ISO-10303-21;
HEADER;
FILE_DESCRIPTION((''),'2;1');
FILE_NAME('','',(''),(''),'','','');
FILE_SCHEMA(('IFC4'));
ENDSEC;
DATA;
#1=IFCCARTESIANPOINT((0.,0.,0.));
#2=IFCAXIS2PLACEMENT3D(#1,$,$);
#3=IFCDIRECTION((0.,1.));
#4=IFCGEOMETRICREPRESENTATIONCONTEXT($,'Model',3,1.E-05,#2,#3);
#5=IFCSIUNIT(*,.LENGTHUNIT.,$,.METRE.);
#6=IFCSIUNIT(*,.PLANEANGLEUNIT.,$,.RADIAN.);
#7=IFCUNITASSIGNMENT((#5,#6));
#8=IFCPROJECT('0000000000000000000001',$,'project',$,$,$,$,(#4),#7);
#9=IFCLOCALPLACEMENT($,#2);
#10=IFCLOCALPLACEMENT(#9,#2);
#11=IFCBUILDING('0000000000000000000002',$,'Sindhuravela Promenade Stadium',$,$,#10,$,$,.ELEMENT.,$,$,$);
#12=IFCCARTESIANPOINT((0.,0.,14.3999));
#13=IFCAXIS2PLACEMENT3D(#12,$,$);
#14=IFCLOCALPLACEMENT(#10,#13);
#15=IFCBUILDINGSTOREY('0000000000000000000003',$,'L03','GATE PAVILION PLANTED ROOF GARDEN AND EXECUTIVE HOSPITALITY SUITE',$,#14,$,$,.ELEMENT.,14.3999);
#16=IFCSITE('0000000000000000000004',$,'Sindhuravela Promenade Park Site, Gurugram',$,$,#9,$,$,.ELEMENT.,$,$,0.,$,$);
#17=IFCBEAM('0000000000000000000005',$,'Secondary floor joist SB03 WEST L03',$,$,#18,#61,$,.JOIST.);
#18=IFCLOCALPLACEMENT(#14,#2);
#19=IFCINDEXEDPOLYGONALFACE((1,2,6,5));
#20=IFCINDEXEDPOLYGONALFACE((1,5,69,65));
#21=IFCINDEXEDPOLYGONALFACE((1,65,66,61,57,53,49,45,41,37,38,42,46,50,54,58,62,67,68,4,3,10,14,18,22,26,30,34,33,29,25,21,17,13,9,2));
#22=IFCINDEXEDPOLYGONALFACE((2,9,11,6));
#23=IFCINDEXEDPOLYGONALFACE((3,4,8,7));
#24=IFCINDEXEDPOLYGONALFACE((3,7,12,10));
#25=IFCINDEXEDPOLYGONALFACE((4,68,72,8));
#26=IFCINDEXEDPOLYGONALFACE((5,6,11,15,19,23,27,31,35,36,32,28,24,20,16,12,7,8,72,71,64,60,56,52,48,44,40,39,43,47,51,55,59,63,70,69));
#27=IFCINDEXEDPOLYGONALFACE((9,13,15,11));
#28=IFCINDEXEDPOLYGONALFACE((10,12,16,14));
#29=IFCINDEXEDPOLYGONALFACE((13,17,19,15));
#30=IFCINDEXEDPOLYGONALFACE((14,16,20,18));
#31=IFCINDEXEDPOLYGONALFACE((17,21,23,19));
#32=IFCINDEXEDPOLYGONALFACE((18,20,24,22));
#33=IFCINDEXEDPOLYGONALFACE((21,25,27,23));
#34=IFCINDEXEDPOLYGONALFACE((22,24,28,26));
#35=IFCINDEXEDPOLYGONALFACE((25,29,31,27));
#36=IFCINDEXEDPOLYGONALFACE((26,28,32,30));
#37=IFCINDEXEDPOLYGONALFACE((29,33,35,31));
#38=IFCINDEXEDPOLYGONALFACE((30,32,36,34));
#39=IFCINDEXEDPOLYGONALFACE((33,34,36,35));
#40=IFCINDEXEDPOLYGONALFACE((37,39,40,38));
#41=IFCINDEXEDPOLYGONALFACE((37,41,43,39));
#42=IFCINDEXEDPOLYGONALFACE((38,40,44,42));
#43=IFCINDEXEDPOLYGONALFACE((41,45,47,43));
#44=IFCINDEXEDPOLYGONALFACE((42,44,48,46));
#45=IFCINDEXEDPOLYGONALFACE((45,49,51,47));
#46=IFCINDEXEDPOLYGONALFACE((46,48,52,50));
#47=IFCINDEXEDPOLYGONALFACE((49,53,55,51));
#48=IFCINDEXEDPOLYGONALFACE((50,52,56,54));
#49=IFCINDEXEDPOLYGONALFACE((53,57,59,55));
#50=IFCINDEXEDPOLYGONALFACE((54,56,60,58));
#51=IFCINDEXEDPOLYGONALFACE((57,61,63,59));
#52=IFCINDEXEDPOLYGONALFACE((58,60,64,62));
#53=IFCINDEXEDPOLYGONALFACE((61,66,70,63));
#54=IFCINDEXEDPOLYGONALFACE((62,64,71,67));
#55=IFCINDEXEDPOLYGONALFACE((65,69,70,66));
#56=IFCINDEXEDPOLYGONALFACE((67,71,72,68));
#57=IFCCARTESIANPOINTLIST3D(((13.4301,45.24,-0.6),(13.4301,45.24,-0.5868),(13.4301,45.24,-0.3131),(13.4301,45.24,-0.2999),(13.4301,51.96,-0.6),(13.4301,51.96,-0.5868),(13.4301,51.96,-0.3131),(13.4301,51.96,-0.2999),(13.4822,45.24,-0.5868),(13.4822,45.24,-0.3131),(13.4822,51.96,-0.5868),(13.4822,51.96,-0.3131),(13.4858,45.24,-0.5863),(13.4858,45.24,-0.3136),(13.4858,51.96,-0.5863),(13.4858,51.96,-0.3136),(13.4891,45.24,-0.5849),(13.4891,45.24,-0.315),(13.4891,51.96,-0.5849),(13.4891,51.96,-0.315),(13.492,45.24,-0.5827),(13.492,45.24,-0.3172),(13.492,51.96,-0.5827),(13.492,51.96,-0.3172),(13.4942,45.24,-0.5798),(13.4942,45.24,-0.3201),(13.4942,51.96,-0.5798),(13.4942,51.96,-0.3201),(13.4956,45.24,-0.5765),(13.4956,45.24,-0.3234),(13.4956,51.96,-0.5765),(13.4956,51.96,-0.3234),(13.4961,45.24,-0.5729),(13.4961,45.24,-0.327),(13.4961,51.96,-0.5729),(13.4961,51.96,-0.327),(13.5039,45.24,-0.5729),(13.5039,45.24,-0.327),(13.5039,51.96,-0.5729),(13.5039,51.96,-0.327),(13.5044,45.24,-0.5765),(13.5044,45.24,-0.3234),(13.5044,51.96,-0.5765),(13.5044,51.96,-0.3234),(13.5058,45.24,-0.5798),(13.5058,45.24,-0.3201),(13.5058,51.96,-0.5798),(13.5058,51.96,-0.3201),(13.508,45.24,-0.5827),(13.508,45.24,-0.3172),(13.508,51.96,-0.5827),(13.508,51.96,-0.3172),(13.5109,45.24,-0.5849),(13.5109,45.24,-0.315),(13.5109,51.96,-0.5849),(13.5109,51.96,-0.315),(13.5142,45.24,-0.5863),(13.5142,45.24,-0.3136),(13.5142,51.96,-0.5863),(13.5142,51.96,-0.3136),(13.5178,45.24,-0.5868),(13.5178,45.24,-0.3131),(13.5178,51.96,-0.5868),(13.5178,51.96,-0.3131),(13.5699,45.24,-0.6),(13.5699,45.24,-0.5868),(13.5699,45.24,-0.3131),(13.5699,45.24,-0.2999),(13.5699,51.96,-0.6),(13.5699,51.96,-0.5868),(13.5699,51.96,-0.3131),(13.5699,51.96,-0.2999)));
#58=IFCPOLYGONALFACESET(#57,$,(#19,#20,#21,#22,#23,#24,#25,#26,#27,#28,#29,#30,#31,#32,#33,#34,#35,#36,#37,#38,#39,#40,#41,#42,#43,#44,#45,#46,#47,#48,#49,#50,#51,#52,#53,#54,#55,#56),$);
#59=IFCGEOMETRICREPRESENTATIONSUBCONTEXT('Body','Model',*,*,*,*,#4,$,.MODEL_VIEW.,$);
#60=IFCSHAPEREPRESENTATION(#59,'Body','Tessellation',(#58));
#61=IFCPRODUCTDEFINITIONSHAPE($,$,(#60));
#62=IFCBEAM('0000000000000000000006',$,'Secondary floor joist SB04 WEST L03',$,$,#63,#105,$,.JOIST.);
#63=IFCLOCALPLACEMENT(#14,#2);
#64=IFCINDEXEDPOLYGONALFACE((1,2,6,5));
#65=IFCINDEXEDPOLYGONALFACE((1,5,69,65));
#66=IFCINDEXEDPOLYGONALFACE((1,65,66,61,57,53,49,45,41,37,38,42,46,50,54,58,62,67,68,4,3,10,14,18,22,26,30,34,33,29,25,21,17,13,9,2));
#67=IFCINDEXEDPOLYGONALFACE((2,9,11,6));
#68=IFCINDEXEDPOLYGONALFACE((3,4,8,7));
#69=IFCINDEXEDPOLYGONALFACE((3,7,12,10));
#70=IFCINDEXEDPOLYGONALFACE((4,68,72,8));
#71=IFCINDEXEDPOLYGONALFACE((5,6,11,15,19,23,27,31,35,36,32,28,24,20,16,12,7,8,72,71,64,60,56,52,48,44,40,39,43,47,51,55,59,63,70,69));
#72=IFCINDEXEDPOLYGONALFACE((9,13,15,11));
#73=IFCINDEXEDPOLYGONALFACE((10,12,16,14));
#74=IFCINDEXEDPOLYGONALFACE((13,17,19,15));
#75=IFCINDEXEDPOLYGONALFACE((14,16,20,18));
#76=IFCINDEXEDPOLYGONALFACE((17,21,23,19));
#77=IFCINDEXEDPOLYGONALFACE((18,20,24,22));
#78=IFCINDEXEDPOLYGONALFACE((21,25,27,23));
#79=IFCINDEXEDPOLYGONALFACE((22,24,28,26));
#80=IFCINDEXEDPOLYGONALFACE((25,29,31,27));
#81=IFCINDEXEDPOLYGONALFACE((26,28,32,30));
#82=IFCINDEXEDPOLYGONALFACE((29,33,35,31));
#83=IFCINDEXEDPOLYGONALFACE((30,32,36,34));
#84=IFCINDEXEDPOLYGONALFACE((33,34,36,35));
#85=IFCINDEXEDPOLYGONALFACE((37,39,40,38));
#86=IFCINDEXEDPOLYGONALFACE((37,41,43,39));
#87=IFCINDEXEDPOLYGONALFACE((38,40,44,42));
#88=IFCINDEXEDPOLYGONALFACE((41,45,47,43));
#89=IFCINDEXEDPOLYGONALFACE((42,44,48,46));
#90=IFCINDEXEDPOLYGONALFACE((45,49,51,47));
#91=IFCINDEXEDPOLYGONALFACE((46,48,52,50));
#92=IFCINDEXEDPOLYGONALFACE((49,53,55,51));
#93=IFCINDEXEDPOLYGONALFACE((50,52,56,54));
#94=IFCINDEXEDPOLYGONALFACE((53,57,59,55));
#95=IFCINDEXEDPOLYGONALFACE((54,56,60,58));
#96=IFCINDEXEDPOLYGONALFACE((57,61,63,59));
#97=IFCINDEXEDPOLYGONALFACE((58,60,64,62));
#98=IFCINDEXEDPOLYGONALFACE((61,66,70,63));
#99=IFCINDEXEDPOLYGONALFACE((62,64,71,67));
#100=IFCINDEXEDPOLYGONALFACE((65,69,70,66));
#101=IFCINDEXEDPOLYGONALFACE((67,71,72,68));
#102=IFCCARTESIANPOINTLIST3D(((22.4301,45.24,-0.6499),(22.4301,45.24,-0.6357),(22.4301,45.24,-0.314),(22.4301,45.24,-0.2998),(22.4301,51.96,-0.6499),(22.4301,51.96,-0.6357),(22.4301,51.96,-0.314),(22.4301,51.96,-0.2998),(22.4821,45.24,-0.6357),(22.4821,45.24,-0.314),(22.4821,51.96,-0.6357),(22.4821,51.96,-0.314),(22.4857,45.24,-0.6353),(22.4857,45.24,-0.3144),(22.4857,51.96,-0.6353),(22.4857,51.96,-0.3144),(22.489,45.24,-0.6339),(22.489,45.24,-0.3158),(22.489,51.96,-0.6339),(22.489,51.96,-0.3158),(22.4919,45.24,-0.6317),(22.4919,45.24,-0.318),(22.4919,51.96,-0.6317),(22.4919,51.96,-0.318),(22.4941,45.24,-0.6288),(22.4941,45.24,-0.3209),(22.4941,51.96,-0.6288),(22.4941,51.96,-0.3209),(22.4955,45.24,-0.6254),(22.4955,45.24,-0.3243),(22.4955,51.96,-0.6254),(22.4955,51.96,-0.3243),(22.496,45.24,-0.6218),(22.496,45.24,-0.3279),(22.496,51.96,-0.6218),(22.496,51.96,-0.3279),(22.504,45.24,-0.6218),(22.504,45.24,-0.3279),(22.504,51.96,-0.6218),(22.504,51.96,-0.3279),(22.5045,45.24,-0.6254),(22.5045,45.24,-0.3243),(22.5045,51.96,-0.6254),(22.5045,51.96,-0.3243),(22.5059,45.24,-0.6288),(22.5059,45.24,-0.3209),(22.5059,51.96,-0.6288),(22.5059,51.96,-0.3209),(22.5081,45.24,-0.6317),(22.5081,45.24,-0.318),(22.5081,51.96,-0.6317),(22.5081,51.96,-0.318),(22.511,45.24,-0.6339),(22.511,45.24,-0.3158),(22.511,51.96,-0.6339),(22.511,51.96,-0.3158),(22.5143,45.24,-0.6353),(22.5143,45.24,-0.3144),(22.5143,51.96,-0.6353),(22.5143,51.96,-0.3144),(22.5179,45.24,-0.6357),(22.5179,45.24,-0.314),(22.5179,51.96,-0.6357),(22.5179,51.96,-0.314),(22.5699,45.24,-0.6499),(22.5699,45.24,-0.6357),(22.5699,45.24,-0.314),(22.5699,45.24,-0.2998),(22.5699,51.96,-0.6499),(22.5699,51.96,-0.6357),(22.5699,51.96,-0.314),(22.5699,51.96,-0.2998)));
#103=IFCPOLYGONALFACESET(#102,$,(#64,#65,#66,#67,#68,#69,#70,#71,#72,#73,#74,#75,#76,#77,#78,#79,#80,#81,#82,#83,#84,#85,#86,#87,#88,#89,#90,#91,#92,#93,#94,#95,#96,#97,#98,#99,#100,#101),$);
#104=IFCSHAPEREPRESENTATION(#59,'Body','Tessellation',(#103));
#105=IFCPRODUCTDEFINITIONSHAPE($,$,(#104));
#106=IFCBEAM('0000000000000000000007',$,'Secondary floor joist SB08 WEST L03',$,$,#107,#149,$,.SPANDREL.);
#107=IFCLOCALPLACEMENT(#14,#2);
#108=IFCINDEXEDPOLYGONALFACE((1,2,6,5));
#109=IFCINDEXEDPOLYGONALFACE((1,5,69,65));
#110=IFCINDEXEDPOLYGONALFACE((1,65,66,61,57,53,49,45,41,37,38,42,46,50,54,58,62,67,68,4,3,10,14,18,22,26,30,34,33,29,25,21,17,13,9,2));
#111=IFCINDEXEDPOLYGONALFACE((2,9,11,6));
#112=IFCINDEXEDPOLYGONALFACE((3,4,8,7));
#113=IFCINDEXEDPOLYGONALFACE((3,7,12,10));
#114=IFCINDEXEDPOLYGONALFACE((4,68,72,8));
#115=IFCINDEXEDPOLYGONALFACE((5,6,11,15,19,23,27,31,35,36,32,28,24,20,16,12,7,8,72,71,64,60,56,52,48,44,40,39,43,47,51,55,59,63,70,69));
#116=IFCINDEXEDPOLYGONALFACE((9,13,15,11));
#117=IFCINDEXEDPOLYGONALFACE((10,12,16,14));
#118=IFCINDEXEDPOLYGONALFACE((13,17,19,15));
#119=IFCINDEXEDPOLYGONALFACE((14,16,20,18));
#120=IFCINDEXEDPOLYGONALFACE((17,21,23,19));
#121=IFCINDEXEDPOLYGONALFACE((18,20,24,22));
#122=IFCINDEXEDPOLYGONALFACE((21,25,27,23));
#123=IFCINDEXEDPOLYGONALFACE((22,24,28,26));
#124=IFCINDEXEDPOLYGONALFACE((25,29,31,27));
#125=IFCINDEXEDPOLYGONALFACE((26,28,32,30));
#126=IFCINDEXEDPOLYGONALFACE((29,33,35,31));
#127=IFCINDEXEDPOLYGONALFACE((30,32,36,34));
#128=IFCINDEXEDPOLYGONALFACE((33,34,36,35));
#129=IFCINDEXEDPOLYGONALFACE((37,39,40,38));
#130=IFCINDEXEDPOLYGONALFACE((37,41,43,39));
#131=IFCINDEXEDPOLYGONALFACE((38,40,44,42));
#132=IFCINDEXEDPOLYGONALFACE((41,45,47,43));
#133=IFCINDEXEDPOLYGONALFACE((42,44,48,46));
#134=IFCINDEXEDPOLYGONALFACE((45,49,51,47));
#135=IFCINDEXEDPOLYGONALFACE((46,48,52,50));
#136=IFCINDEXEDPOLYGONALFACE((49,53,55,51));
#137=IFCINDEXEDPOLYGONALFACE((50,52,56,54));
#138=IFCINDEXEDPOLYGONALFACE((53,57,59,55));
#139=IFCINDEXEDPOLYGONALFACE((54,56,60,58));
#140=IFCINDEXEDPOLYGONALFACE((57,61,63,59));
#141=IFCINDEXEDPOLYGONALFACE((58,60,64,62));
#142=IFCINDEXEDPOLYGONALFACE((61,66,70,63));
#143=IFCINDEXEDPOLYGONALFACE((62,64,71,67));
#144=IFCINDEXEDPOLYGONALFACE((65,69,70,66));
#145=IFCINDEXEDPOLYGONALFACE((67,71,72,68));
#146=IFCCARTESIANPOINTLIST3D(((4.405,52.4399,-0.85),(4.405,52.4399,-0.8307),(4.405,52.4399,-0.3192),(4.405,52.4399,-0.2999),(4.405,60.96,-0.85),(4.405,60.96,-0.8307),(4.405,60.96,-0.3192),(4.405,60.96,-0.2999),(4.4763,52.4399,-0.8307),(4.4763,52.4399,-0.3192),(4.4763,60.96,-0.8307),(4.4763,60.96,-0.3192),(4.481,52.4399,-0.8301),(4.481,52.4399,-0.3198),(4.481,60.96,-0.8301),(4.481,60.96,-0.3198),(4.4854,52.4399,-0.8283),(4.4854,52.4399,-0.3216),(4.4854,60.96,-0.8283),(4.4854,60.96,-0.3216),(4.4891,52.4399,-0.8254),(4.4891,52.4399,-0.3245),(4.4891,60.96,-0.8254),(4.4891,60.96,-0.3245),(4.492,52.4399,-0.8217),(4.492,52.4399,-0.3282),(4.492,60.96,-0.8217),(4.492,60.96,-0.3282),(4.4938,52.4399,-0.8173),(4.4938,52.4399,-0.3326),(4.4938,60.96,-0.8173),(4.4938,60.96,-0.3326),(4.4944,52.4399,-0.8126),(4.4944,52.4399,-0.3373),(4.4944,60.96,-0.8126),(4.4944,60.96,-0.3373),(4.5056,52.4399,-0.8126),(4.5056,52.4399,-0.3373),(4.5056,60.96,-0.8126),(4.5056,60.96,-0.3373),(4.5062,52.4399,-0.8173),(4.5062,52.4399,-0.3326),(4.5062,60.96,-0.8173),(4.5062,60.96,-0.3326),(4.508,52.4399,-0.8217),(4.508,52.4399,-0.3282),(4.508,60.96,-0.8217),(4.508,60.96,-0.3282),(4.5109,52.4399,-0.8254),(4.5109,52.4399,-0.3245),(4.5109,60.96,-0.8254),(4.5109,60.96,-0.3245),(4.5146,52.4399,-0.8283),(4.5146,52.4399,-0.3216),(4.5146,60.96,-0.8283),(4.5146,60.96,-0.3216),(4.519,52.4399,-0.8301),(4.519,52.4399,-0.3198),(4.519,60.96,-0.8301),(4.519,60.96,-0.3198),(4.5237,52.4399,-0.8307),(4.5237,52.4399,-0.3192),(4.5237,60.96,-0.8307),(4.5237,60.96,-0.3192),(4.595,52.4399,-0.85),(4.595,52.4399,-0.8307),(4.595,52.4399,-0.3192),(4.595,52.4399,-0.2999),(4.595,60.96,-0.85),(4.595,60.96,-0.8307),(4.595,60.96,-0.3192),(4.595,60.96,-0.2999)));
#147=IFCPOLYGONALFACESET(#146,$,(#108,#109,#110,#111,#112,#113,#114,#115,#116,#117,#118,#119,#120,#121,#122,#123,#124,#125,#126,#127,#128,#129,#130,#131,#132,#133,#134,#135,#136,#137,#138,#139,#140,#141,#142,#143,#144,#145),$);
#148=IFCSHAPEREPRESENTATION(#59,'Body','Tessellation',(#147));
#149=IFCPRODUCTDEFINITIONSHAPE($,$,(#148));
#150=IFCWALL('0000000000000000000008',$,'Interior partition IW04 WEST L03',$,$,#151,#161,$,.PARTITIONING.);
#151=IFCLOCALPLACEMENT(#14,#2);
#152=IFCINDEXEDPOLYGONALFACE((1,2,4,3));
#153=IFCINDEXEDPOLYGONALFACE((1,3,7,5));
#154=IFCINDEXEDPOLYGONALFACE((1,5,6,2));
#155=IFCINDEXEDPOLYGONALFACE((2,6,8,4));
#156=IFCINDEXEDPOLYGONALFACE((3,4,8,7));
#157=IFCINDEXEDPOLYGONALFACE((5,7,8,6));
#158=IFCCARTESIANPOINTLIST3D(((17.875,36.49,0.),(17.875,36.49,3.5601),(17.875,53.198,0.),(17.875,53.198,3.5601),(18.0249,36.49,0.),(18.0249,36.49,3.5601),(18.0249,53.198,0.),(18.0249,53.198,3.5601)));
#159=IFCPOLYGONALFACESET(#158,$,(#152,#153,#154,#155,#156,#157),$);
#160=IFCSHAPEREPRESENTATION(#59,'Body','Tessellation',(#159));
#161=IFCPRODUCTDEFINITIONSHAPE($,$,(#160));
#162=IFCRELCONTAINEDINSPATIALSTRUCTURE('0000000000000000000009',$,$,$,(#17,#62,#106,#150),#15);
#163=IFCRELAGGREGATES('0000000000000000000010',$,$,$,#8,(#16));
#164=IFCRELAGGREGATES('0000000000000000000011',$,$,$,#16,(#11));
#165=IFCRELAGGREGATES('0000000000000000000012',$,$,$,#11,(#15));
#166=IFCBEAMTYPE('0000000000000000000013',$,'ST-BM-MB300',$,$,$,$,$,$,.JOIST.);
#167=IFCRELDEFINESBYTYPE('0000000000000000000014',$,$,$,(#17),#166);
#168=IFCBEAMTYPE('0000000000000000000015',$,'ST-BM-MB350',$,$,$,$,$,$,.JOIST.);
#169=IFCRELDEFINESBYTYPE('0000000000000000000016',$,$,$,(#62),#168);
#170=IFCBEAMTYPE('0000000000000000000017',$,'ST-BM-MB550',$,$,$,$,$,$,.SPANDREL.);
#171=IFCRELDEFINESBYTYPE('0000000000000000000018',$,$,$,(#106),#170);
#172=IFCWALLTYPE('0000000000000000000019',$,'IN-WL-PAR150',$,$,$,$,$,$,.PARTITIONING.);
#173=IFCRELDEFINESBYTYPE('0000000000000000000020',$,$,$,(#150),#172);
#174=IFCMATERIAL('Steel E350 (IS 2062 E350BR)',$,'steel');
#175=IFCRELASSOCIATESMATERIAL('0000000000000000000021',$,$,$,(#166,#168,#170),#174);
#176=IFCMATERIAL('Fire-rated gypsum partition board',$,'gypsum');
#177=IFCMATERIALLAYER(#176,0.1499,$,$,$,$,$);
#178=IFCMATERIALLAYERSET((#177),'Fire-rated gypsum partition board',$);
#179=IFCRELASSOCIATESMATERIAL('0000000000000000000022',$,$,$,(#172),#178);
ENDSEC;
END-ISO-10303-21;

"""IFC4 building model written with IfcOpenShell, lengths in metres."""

from ifc_helpers import new_model, si_unit, direction, frame, frame_2d, origin, origin_2d, place, context, subcontext, project, spatial, rectangle, i_section, extrude, material, layer, layer_set, material_profile, profile_set, type_object, element, save


model = new_model("IFC4")

# Units and contexts
model_context = context("Model", 3, precision=1e-05, world=origin(), true_north=direction((0.0, 1.0)))
body_context = subcontext(model_context, "Body", "Model", "MODEL_VIEW")
ifc_project = project(units=[si_unit("LENGTHUNIT", "METRE"), si_unit("PLANEANGLEUNIT", "RADIAN")], contexts=[model_context])

# Site, building, storey
site_placement = place(None, origin())
site = spatial("IfcSite", under=ifc_project, at=site_placement, Name="Sindhuravela Promenade Park Site, Gurugram", CompositionType="ELEMENT", RefElevation=0.0)
building_placement = place(site_placement, origin())
building = spatial("IfcBuilding", under=site, at=building_placement, Name="Sindhuravela Promenade Stadium", CompositionType="ELEMENT")
storey_placement = place(building_placement, frame((0.0, 0.0, 14.3999)))
storey = spatial("IfcBuildingStorey", under=building, at=storey_placement, Name="L03", Description="GATE PAVILION PLANTED ROOF GARDEN AND EXECUTIVE HOSPITALITY SUITE", CompositionType="ELEMENT", Elevation=14.3999)

# Beams
ifc_material_1 = material(Name="Steel E350 (IS 2062 E350BR)", Category="steel")
ifc_material_profile_1 = material_profile(ifc_material_1, i_section(OverallWidth=0.1399, OverallDepth=0.3, WebThickness=0.0078, FlangeThickness=0.0132, FilletRadius=0.0139, at=origin_2d()), Name="ISMB 300")
ifc_profile_set_1 = profile_set([ifc_material_profile_1], Name="Steel E350 (IS 2062 E350BR)")
beam_type_1 = type_object("IfcBeamType", Name="ST-BM-MB300", PredefinedType="JOIST", material=ifc_profile_set_1)
beam_1_placement = place(storey_placement, frame((13.5, 45.24, -0.45), z_axis=(0.0, 1.0, 0.0), x_axis=(-1.0, 0.0, 0.0)))
element("IfcBeam", 1, at=beam_1_placement, inside=storey, type_object=beam_type_1, Name="Secondary floor joist SB03 WEST L03", PredefinedType="JOIST", context=body_context, shape_type="SweptSolid", body=[
    extrude(i_section(OverallWidth=0.1399, OverallDepth=0.3, WebThickness=0.0078, FlangeThickness=0.0132, FilletRadius=0.0139, at=origin_2d()), origin(), (0.0, 0.0, 1.0), 6.72),
])
ifc_material_profile_2 = material_profile(ifc_material_1, i_section(OverallWidth=0.1399, OverallDepth=0.3501, WebThickness=0.0081, FlangeThickness=0.0142, FilletRadius=0.0139, at=origin_2d()), Name="ISMB 350")
ifc_profile_set_2 = profile_set([ifc_material_profile_2], Name="Steel E350 (IS 2062 E350BR)")
beam_type_2 = type_object("IfcBeamType", Name="ST-BM-MB350", PredefinedType="JOIST", material=ifc_profile_set_2)
beam_2_placement = place(storey_placement, frame((22.5, 45.24, -0.4749), z_axis=(0.0, 1.0, 0.0), x_axis=(-1.0, 0.0, 0.0)))
element("IfcBeam", 2, at=beam_2_placement, inside=storey, type_object=beam_type_2, Name="Secondary floor joist SB04 WEST L03", PredefinedType="JOIST", context=body_context, shape_type="SweptSolid", body=[
    extrude(i_section(OverallWidth=0.1399, OverallDepth=0.3501, WebThickness=0.0081, FlangeThickness=0.0142, FilletRadius=0.0139, at=origin_2d()), origin(), (0.0, 0.0, 1.0), 6.72),
])
ifc_material_profile_3 = material_profile(ifc_material_1, i_section(OverallWidth=0.1899, OverallDepth=0.55, WebThickness=0.0112, FlangeThickness=0.0193, FilletRadius=0.0181, at=origin_2d()), Name="ISMB 550")
ifc_profile_set_3 = profile_set([ifc_material_profile_3], Name="Steel E350 (IS 2062 E350BR)")
beam_type_3 = type_object("IfcBeamType", Name="ST-BM-MB550", PredefinedType="SPANDREL", material=ifc_profile_set_3)
beam_3_placement = place(storey_placement, frame((4.5, 52.4399, -0.575), z_axis=(0.0, 1.0, 0.0), x_axis=(-1.0, 0.0, 0.0)))
element("IfcBeam", 3, at=beam_3_placement, inside=storey, type_object=beam_type_3, Name="Secondary floor joist SB08 WEST L03", PredefinedType="SPANDREL", context=body_context, shape_type="SweptSolid", body=[
    extrude(i_section(OverallWidth=0.1899, OverallDepth=0.55, WebThickness=0.0112, FlangeThickness=0.0193, FilletRadius=0.0181, at=origin_2d()), origin(), (0.0, 0.0, 1.0), 8.52),
])

# Wall
ifc_material_2 = material(Name="Fire-rated gypsum partition board", Category="gypsum")
ifc_layer_1 = layer(ifc_material_2, 0.1499)
ifc_layer_set_1 = layer_set([ifc_layer_1], Name="Fire-rated gypsum partition board")
wall_type_1 = type_object("IfcWallType", Name="IN-WL-PAR150", PredefinedType="PARTITIONING", material=ifc_layer_set_1)
wall_1_placement = place(storey_placement, frame((17.95, 53.198, 0.0), z_axis=(0.0, 0.0, 1.0), x_axis=(0.0, -1.0, 0.0)))
element("IfcWall", 4, at=wall_1_placement, inside=storey, type_object=wall_type_1, Name="Interior partition IW04 WEST L03", PredefinedType="PARTITIONING", context=body_context, shape_type="SweptSolid", body=[
    extrude(rectangle(XDim=16.708, YDim=0.1499, at=frame_2d((8.354, 0.0))), origin(), (0.0, 0.0, 1.0), 3.5601),
])

save(model, "model.ifc")
